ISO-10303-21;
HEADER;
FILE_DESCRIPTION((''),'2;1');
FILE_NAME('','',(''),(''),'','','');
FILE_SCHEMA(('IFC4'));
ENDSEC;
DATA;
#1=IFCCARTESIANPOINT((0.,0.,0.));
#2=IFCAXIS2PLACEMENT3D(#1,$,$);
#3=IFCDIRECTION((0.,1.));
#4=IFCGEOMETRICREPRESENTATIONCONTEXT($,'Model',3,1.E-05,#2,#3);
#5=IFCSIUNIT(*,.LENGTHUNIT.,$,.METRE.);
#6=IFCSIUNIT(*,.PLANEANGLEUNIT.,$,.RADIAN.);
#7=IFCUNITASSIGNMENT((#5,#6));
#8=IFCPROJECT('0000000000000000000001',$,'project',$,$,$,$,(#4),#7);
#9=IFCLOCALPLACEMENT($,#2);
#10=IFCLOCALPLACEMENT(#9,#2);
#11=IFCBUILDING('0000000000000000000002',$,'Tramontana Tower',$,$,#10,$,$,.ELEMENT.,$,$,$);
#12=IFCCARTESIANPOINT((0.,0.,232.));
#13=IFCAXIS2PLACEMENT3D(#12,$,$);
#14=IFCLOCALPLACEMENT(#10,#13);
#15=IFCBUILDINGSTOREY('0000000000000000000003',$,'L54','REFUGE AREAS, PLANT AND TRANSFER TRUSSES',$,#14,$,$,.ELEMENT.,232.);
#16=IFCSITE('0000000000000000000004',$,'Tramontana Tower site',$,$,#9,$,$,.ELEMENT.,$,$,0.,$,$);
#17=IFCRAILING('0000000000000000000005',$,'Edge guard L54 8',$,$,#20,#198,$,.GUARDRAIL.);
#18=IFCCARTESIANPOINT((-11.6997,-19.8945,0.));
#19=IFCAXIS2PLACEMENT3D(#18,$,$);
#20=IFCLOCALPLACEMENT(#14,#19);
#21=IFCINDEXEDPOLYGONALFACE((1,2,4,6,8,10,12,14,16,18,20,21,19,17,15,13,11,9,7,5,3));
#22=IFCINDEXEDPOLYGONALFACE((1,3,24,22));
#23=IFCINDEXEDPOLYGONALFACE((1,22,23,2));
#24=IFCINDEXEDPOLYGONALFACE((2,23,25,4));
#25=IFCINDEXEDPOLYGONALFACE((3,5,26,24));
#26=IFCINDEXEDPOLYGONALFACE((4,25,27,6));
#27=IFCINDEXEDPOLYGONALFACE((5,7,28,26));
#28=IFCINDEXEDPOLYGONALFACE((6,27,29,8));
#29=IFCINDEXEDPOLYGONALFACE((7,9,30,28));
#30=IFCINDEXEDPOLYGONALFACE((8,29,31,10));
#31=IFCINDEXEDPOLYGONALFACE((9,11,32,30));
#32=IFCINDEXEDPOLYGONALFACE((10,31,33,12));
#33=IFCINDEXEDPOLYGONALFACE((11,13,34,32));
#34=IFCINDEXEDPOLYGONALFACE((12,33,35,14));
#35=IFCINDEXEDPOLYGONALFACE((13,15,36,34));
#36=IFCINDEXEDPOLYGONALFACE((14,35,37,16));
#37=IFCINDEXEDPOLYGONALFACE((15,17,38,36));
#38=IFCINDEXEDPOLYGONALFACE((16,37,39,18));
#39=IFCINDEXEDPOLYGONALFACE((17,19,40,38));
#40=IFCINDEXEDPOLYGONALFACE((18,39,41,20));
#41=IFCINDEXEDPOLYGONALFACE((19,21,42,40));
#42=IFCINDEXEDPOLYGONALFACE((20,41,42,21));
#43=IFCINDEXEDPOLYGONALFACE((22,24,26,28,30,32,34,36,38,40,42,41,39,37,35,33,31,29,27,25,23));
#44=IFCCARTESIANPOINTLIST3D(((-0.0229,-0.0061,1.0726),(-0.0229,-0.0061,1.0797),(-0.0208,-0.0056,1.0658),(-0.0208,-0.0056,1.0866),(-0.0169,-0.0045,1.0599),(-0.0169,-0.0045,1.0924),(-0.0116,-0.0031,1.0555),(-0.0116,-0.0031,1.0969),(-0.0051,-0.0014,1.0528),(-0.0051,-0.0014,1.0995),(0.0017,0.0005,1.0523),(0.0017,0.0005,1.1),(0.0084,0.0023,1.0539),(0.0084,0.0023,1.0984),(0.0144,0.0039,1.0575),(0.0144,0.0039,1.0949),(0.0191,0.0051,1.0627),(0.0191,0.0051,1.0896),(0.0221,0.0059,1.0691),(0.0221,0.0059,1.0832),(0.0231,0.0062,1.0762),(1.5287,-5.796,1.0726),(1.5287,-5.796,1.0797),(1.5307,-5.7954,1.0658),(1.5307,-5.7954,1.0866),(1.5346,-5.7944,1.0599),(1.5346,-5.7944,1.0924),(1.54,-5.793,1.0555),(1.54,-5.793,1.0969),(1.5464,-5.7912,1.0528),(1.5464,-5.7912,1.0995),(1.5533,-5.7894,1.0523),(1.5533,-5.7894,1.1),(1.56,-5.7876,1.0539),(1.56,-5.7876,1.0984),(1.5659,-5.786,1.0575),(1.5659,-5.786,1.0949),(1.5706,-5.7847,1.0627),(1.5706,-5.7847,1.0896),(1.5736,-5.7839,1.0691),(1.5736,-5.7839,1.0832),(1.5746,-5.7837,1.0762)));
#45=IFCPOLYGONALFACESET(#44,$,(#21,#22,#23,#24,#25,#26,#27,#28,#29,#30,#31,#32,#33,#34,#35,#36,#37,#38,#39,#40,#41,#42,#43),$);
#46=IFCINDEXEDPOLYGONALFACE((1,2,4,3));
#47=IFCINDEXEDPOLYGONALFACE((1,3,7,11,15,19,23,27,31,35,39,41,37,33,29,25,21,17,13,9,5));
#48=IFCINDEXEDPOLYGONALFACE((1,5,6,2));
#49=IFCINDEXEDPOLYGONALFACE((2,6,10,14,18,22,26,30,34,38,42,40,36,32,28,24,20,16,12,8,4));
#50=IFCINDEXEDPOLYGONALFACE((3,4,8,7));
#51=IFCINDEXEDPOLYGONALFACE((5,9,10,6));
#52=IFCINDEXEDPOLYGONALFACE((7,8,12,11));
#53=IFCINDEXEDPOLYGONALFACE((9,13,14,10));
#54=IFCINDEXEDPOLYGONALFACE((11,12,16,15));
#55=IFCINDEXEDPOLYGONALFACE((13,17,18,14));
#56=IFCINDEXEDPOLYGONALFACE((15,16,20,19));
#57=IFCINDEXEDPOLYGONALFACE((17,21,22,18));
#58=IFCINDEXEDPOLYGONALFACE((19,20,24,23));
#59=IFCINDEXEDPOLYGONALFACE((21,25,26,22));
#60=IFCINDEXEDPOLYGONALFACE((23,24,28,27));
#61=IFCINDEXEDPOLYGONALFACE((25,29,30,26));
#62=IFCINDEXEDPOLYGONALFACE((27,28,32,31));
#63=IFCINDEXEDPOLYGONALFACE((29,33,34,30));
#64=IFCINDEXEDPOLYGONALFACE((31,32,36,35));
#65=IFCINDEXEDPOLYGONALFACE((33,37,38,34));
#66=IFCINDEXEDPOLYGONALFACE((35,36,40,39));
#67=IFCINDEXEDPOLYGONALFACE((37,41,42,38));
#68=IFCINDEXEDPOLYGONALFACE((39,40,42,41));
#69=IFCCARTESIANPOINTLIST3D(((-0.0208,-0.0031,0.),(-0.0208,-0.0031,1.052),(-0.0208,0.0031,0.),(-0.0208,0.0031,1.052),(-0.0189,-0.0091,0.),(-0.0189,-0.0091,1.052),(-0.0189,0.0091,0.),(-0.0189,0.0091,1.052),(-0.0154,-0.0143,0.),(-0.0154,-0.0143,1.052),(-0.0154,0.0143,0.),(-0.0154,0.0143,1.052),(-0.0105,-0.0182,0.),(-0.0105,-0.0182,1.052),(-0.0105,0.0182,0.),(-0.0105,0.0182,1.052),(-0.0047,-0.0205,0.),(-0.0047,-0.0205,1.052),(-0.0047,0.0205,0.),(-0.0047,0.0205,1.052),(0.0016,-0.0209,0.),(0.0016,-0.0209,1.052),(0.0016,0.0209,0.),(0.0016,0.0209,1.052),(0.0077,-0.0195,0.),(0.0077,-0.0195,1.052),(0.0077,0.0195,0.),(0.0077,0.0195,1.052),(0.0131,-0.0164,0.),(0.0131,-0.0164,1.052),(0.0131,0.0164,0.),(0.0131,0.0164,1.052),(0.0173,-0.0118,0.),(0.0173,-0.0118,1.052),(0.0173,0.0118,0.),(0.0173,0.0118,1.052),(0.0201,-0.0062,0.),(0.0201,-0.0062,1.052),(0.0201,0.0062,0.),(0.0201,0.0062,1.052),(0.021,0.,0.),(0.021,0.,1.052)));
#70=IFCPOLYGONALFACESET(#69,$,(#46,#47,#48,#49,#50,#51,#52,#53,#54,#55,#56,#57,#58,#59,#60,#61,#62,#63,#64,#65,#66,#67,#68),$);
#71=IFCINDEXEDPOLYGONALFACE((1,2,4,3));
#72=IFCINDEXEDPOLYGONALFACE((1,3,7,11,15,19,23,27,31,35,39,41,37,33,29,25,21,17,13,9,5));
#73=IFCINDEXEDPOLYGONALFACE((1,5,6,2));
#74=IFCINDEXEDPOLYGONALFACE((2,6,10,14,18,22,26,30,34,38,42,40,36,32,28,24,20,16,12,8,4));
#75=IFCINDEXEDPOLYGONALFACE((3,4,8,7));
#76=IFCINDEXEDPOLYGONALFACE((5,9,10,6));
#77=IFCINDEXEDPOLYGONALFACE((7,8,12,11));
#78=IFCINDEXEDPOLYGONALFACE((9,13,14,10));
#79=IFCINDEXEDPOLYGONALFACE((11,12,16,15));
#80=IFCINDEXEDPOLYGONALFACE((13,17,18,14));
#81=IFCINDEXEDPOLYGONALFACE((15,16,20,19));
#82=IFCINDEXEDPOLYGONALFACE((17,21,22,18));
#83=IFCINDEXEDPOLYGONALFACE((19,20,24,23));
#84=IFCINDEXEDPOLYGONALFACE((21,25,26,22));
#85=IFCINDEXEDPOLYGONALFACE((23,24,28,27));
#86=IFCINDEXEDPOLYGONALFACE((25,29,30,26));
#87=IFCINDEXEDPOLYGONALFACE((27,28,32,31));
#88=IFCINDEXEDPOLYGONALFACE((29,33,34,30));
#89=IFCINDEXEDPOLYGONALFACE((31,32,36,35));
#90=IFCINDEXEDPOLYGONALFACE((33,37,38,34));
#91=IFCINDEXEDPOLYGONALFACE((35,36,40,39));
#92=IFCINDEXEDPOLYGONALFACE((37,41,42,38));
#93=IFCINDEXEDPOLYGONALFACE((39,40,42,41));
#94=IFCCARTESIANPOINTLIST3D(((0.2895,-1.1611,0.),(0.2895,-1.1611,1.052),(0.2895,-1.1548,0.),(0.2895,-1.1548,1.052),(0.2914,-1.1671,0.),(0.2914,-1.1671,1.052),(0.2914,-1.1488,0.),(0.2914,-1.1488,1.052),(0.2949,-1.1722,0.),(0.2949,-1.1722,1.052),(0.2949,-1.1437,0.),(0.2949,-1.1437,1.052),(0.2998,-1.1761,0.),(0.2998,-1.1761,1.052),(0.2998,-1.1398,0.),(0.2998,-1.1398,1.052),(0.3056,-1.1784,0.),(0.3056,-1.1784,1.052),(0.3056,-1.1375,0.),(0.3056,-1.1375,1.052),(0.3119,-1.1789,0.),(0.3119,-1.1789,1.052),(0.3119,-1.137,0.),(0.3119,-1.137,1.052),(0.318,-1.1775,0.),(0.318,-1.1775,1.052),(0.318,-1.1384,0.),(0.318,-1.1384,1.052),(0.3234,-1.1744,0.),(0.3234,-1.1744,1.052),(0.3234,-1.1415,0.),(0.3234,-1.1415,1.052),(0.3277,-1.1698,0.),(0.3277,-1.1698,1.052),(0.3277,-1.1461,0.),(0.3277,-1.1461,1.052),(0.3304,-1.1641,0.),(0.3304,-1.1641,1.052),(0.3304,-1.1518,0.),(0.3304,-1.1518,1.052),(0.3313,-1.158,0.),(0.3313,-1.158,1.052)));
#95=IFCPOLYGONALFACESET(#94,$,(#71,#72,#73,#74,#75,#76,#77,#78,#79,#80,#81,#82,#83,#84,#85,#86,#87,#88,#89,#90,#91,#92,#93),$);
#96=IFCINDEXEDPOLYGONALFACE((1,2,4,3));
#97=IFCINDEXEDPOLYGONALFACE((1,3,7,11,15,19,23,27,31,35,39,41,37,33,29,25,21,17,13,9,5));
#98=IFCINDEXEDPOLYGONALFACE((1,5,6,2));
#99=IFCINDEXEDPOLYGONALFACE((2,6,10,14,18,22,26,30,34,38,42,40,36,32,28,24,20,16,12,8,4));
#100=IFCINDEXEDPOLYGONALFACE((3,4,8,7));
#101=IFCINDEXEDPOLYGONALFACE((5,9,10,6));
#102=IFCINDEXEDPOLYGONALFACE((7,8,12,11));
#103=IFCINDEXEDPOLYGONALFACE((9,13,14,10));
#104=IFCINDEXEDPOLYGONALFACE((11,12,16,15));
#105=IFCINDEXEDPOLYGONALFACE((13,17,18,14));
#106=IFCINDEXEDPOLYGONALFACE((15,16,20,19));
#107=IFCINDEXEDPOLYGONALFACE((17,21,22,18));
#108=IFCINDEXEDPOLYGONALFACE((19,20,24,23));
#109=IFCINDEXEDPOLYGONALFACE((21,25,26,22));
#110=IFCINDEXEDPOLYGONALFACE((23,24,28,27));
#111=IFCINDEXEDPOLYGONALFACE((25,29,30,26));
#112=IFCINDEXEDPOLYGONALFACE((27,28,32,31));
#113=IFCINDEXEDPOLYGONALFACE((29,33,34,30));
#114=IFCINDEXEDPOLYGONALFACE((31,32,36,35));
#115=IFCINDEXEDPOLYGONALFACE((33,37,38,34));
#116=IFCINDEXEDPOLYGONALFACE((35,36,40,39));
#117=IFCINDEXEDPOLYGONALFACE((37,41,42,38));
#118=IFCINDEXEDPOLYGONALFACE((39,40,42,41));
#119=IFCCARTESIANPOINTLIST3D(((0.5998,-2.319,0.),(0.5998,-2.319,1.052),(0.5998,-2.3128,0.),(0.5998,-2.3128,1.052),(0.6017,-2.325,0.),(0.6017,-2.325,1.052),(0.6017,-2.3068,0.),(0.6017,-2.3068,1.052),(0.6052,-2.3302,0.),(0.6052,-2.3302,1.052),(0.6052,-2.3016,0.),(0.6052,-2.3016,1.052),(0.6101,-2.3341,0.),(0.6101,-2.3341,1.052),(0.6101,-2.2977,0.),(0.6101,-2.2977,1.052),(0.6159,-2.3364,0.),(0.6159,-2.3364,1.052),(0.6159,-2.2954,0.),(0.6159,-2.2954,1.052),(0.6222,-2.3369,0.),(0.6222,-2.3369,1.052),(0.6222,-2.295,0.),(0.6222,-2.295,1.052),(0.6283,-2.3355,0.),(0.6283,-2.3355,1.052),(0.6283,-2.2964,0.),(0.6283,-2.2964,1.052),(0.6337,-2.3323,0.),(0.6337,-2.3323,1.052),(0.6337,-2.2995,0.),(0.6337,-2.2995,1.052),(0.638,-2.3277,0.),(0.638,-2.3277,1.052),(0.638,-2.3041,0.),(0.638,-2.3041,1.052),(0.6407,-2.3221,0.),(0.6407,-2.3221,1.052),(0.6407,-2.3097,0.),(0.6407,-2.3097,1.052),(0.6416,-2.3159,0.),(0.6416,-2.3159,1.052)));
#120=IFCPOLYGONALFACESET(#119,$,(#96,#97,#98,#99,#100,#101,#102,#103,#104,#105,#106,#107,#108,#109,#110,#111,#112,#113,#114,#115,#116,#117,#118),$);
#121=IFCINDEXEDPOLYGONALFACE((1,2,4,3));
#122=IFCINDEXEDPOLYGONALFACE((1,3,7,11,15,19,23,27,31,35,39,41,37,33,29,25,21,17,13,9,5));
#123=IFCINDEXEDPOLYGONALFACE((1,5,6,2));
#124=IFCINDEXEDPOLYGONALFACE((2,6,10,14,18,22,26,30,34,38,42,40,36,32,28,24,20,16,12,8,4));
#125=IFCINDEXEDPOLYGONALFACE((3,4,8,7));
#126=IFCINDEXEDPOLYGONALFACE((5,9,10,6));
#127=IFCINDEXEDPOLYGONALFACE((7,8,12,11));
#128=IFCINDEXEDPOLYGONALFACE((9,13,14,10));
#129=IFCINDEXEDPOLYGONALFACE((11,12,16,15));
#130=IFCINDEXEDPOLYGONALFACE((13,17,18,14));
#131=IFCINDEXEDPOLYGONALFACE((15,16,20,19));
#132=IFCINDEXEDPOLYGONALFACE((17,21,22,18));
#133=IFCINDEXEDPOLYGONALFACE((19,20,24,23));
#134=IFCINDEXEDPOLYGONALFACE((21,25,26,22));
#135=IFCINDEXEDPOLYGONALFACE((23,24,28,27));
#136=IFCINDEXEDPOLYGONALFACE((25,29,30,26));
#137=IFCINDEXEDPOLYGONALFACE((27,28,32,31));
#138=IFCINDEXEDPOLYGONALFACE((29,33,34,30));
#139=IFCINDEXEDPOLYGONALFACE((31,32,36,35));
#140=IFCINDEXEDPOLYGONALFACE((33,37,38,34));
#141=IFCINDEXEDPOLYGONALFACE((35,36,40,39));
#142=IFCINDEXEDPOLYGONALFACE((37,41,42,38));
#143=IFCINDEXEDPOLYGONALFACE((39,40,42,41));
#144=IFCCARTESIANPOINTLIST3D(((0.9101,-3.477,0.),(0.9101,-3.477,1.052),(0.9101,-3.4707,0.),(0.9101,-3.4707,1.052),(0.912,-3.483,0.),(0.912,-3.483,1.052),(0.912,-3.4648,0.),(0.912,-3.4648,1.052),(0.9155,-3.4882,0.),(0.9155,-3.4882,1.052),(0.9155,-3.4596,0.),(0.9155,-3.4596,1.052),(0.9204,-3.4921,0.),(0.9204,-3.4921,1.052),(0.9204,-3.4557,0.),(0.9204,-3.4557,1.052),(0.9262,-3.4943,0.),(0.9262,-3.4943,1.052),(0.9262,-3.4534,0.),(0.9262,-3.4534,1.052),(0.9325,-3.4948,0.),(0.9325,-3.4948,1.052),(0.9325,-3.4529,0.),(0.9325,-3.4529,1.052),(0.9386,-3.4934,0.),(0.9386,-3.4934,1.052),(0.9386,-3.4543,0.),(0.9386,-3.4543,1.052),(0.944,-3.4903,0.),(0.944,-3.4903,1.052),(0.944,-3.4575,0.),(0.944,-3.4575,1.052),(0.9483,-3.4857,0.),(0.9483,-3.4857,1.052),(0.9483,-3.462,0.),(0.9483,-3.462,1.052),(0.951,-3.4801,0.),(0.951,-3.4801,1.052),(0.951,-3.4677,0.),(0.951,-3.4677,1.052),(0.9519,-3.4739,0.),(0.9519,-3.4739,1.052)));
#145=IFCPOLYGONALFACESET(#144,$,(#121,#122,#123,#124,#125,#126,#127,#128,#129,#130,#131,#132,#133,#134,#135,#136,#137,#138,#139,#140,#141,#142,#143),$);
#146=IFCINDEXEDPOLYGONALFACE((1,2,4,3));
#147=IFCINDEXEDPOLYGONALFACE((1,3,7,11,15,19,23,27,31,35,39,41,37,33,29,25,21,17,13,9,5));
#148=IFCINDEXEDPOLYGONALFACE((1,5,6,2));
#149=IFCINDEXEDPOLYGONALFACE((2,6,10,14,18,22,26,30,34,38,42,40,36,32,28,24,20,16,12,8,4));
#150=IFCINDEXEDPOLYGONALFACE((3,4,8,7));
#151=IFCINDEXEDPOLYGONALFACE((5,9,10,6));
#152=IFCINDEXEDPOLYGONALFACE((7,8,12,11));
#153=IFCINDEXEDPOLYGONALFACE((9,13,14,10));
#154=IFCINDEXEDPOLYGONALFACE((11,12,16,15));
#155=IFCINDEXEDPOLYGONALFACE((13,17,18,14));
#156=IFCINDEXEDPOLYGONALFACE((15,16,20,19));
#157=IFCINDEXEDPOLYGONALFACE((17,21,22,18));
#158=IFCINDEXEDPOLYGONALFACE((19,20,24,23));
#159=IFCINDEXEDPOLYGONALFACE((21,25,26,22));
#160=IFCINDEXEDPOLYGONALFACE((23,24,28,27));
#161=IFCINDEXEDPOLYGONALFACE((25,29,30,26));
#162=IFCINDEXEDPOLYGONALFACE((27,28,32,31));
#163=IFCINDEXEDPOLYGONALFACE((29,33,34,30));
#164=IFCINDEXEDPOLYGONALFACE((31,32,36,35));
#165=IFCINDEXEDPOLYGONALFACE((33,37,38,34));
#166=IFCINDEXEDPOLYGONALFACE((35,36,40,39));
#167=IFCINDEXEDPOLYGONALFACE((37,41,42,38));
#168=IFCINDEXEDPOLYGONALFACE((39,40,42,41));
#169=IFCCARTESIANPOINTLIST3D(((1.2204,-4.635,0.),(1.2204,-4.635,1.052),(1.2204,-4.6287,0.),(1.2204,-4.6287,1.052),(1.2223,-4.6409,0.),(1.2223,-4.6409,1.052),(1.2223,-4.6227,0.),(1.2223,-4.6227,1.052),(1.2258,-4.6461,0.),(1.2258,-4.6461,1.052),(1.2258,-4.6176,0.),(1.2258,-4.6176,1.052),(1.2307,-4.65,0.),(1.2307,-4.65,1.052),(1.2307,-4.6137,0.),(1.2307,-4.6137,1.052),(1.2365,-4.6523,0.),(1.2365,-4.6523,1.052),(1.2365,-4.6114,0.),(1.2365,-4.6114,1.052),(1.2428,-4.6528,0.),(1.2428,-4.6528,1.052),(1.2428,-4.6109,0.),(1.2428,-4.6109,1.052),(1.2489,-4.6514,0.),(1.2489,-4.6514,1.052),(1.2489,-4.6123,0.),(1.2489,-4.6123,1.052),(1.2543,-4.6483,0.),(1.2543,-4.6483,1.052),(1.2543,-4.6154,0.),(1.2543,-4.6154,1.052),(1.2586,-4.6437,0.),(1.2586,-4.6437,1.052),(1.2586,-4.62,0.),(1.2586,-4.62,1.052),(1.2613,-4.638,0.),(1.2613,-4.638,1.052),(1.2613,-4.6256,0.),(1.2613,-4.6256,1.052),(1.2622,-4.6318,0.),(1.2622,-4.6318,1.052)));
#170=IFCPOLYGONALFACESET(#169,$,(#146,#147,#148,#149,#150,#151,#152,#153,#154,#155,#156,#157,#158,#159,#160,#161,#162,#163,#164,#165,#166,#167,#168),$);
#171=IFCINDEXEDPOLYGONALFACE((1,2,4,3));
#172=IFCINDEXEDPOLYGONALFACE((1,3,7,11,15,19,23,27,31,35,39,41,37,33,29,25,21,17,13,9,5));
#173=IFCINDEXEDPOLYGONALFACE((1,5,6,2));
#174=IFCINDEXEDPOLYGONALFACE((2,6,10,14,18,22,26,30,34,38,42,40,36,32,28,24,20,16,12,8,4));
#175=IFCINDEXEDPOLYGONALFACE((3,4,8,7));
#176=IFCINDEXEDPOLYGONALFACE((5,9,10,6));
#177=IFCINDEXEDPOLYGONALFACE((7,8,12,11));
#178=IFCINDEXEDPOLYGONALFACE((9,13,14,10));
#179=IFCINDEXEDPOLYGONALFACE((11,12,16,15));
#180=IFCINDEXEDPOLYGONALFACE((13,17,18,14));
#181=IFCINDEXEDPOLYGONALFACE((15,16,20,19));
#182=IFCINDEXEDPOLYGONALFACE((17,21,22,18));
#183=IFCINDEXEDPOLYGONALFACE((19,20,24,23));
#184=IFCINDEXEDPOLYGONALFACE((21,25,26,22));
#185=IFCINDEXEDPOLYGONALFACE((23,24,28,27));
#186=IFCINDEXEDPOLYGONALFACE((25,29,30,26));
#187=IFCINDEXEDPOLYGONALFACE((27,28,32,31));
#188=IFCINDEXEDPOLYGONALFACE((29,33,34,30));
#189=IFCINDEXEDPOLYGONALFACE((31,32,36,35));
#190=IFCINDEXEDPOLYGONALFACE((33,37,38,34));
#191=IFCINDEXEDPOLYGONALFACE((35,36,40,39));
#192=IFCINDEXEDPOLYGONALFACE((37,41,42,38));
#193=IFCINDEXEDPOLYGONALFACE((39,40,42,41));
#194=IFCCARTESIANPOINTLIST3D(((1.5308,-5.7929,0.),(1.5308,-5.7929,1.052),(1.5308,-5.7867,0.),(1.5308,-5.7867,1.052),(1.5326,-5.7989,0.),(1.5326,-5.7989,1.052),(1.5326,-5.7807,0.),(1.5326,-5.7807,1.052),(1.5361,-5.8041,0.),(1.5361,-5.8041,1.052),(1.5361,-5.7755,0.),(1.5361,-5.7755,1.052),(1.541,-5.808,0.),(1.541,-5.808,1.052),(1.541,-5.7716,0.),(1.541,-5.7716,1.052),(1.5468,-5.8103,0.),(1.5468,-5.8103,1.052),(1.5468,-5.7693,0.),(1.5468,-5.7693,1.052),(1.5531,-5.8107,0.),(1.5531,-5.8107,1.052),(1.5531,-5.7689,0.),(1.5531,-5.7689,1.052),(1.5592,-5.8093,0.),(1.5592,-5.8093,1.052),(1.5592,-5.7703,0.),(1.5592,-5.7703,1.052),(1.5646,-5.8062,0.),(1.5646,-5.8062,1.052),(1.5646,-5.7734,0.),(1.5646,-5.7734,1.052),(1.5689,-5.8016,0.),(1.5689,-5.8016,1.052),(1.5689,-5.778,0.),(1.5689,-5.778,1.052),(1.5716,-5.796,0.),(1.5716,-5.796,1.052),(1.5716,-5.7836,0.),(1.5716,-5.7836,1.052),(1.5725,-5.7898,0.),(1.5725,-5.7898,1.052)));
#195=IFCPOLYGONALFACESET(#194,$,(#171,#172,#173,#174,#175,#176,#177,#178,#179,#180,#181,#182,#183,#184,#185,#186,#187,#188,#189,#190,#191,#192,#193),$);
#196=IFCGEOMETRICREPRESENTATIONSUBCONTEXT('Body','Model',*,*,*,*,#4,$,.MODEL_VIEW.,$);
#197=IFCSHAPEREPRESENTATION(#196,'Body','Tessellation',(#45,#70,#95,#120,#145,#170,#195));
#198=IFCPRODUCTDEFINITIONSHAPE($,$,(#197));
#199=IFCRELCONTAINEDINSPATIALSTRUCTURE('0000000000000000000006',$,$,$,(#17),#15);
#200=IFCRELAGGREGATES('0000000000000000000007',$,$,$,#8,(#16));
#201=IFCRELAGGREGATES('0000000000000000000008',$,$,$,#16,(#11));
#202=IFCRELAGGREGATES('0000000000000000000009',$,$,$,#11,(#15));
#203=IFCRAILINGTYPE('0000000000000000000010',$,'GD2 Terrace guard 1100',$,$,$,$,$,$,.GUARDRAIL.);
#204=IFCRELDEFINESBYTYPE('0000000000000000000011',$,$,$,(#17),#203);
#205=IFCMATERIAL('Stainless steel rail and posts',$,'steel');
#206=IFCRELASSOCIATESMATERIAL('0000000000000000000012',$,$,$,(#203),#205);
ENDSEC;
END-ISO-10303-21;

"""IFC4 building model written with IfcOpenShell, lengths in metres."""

from ifc_helpers import new_model, si_unit, direction, frame, origin, origin_2d, place, context, subcontext, project, spatial, circle, extrude, material, type_object, element, save


model = new_model("IFC4")

# Units and contexts
model_context = context("Model", 3, precision=1e-05, world=origin(), true_north=direction((0.0, 1.0)))
body_context = subcontext(model_context, "Body", "Model", "MODEL_VIEW")
ifc_project = project(units=[si_unit("LENGTHUNIT", "METRE"), si_unit("PLANEANGLEUNIT", "RADIAN")], contexts=[model_context])

# Site, building, storey
site_placement = place(None, origin())
site = spatial("IfcSite", under=ifc_project, at=site_placement, Name="Tramontana Tower site", CompositionType="ELEMENT", RefElevation=0.0)
building_placement = place(site_placement, origin())
building = spatial("IfcBuilding", under=site, at=building_placement, Name="Tramontana Tower", CompositionType="ELEMENT")
storey_placement = place(building_placement, frame((0.0, 0.0, 232.0)))
storey = spatial("IfcBuildingStorey", under=building, at=storey_placement, Name="L54", Description="REFUGE AREAS, PLANT AND TRANSFER TRUSSES", CompositionType="ELEMENT", Elevation=232.0)

# Railing
ifc_material_1 = material(Name="Stainless steel rail and posts", Category="steel")
railing_type = type_object("IfcRailingType", Name="GD2 Terrace guard 1100", PredefinedType="GUARDRAIL", material=ifc_material_1)
railing_1_placement = place(storey_placement, frame((-11.6997, -19.8945, 0.0)))
element("IfcRailing", 1, at=railing_1_placement, inside=storey, type_object=railing_type, Name="Edge guard L54 8", PredefinedType="GUARDRAIL", context=body_context, shape_type="SweptSolid", body=[
    extrude(circle(Radius=0.0239, at=origin_2d()), frame((0.0, 0.0, 1.0762), z_axis=(0.258841, -0.96592, 0.0), x_axis=(0.96592, 0.258841, 0.0)), (0.0, 0.0, 1.0), 5.9941),
    extrude(circle(Radius=0.021, at=origin_2d()), origin(), (0.0, 0.0, 1.0), 1.052),
    extrude(circle(Radius=0.021, at=origin_2d()), frame((0.3103, -1.158, 0.0)), (0.0, 0.0, 1.0), 1.052),
    extrude(circle(Radius=0.021, at=origin_2d()), frame((0.6206, -2.3159, 0.0)), (0.0, 0.0, 1.0), 1.052),
    extrude(circle(Radius=0.021, at=origin_2d()), frame((0.9309, -3.4739, 0.0)), (0.0, 0.0, 1.0), 1.052),
    extrude(circle(Radius=0.021, at=origin_2d()), frame((1.2412, -4.6318, 0.0)), (0.0, 0.0, 1.0), 1.052),
    extrude(circle(Radius=0.021, at=origin_2d()), frame((1.5515, -5.7898, 0.0)), (0.0, 0.0, 1.0), 1.052),
])

save(model, "model.ifc")
